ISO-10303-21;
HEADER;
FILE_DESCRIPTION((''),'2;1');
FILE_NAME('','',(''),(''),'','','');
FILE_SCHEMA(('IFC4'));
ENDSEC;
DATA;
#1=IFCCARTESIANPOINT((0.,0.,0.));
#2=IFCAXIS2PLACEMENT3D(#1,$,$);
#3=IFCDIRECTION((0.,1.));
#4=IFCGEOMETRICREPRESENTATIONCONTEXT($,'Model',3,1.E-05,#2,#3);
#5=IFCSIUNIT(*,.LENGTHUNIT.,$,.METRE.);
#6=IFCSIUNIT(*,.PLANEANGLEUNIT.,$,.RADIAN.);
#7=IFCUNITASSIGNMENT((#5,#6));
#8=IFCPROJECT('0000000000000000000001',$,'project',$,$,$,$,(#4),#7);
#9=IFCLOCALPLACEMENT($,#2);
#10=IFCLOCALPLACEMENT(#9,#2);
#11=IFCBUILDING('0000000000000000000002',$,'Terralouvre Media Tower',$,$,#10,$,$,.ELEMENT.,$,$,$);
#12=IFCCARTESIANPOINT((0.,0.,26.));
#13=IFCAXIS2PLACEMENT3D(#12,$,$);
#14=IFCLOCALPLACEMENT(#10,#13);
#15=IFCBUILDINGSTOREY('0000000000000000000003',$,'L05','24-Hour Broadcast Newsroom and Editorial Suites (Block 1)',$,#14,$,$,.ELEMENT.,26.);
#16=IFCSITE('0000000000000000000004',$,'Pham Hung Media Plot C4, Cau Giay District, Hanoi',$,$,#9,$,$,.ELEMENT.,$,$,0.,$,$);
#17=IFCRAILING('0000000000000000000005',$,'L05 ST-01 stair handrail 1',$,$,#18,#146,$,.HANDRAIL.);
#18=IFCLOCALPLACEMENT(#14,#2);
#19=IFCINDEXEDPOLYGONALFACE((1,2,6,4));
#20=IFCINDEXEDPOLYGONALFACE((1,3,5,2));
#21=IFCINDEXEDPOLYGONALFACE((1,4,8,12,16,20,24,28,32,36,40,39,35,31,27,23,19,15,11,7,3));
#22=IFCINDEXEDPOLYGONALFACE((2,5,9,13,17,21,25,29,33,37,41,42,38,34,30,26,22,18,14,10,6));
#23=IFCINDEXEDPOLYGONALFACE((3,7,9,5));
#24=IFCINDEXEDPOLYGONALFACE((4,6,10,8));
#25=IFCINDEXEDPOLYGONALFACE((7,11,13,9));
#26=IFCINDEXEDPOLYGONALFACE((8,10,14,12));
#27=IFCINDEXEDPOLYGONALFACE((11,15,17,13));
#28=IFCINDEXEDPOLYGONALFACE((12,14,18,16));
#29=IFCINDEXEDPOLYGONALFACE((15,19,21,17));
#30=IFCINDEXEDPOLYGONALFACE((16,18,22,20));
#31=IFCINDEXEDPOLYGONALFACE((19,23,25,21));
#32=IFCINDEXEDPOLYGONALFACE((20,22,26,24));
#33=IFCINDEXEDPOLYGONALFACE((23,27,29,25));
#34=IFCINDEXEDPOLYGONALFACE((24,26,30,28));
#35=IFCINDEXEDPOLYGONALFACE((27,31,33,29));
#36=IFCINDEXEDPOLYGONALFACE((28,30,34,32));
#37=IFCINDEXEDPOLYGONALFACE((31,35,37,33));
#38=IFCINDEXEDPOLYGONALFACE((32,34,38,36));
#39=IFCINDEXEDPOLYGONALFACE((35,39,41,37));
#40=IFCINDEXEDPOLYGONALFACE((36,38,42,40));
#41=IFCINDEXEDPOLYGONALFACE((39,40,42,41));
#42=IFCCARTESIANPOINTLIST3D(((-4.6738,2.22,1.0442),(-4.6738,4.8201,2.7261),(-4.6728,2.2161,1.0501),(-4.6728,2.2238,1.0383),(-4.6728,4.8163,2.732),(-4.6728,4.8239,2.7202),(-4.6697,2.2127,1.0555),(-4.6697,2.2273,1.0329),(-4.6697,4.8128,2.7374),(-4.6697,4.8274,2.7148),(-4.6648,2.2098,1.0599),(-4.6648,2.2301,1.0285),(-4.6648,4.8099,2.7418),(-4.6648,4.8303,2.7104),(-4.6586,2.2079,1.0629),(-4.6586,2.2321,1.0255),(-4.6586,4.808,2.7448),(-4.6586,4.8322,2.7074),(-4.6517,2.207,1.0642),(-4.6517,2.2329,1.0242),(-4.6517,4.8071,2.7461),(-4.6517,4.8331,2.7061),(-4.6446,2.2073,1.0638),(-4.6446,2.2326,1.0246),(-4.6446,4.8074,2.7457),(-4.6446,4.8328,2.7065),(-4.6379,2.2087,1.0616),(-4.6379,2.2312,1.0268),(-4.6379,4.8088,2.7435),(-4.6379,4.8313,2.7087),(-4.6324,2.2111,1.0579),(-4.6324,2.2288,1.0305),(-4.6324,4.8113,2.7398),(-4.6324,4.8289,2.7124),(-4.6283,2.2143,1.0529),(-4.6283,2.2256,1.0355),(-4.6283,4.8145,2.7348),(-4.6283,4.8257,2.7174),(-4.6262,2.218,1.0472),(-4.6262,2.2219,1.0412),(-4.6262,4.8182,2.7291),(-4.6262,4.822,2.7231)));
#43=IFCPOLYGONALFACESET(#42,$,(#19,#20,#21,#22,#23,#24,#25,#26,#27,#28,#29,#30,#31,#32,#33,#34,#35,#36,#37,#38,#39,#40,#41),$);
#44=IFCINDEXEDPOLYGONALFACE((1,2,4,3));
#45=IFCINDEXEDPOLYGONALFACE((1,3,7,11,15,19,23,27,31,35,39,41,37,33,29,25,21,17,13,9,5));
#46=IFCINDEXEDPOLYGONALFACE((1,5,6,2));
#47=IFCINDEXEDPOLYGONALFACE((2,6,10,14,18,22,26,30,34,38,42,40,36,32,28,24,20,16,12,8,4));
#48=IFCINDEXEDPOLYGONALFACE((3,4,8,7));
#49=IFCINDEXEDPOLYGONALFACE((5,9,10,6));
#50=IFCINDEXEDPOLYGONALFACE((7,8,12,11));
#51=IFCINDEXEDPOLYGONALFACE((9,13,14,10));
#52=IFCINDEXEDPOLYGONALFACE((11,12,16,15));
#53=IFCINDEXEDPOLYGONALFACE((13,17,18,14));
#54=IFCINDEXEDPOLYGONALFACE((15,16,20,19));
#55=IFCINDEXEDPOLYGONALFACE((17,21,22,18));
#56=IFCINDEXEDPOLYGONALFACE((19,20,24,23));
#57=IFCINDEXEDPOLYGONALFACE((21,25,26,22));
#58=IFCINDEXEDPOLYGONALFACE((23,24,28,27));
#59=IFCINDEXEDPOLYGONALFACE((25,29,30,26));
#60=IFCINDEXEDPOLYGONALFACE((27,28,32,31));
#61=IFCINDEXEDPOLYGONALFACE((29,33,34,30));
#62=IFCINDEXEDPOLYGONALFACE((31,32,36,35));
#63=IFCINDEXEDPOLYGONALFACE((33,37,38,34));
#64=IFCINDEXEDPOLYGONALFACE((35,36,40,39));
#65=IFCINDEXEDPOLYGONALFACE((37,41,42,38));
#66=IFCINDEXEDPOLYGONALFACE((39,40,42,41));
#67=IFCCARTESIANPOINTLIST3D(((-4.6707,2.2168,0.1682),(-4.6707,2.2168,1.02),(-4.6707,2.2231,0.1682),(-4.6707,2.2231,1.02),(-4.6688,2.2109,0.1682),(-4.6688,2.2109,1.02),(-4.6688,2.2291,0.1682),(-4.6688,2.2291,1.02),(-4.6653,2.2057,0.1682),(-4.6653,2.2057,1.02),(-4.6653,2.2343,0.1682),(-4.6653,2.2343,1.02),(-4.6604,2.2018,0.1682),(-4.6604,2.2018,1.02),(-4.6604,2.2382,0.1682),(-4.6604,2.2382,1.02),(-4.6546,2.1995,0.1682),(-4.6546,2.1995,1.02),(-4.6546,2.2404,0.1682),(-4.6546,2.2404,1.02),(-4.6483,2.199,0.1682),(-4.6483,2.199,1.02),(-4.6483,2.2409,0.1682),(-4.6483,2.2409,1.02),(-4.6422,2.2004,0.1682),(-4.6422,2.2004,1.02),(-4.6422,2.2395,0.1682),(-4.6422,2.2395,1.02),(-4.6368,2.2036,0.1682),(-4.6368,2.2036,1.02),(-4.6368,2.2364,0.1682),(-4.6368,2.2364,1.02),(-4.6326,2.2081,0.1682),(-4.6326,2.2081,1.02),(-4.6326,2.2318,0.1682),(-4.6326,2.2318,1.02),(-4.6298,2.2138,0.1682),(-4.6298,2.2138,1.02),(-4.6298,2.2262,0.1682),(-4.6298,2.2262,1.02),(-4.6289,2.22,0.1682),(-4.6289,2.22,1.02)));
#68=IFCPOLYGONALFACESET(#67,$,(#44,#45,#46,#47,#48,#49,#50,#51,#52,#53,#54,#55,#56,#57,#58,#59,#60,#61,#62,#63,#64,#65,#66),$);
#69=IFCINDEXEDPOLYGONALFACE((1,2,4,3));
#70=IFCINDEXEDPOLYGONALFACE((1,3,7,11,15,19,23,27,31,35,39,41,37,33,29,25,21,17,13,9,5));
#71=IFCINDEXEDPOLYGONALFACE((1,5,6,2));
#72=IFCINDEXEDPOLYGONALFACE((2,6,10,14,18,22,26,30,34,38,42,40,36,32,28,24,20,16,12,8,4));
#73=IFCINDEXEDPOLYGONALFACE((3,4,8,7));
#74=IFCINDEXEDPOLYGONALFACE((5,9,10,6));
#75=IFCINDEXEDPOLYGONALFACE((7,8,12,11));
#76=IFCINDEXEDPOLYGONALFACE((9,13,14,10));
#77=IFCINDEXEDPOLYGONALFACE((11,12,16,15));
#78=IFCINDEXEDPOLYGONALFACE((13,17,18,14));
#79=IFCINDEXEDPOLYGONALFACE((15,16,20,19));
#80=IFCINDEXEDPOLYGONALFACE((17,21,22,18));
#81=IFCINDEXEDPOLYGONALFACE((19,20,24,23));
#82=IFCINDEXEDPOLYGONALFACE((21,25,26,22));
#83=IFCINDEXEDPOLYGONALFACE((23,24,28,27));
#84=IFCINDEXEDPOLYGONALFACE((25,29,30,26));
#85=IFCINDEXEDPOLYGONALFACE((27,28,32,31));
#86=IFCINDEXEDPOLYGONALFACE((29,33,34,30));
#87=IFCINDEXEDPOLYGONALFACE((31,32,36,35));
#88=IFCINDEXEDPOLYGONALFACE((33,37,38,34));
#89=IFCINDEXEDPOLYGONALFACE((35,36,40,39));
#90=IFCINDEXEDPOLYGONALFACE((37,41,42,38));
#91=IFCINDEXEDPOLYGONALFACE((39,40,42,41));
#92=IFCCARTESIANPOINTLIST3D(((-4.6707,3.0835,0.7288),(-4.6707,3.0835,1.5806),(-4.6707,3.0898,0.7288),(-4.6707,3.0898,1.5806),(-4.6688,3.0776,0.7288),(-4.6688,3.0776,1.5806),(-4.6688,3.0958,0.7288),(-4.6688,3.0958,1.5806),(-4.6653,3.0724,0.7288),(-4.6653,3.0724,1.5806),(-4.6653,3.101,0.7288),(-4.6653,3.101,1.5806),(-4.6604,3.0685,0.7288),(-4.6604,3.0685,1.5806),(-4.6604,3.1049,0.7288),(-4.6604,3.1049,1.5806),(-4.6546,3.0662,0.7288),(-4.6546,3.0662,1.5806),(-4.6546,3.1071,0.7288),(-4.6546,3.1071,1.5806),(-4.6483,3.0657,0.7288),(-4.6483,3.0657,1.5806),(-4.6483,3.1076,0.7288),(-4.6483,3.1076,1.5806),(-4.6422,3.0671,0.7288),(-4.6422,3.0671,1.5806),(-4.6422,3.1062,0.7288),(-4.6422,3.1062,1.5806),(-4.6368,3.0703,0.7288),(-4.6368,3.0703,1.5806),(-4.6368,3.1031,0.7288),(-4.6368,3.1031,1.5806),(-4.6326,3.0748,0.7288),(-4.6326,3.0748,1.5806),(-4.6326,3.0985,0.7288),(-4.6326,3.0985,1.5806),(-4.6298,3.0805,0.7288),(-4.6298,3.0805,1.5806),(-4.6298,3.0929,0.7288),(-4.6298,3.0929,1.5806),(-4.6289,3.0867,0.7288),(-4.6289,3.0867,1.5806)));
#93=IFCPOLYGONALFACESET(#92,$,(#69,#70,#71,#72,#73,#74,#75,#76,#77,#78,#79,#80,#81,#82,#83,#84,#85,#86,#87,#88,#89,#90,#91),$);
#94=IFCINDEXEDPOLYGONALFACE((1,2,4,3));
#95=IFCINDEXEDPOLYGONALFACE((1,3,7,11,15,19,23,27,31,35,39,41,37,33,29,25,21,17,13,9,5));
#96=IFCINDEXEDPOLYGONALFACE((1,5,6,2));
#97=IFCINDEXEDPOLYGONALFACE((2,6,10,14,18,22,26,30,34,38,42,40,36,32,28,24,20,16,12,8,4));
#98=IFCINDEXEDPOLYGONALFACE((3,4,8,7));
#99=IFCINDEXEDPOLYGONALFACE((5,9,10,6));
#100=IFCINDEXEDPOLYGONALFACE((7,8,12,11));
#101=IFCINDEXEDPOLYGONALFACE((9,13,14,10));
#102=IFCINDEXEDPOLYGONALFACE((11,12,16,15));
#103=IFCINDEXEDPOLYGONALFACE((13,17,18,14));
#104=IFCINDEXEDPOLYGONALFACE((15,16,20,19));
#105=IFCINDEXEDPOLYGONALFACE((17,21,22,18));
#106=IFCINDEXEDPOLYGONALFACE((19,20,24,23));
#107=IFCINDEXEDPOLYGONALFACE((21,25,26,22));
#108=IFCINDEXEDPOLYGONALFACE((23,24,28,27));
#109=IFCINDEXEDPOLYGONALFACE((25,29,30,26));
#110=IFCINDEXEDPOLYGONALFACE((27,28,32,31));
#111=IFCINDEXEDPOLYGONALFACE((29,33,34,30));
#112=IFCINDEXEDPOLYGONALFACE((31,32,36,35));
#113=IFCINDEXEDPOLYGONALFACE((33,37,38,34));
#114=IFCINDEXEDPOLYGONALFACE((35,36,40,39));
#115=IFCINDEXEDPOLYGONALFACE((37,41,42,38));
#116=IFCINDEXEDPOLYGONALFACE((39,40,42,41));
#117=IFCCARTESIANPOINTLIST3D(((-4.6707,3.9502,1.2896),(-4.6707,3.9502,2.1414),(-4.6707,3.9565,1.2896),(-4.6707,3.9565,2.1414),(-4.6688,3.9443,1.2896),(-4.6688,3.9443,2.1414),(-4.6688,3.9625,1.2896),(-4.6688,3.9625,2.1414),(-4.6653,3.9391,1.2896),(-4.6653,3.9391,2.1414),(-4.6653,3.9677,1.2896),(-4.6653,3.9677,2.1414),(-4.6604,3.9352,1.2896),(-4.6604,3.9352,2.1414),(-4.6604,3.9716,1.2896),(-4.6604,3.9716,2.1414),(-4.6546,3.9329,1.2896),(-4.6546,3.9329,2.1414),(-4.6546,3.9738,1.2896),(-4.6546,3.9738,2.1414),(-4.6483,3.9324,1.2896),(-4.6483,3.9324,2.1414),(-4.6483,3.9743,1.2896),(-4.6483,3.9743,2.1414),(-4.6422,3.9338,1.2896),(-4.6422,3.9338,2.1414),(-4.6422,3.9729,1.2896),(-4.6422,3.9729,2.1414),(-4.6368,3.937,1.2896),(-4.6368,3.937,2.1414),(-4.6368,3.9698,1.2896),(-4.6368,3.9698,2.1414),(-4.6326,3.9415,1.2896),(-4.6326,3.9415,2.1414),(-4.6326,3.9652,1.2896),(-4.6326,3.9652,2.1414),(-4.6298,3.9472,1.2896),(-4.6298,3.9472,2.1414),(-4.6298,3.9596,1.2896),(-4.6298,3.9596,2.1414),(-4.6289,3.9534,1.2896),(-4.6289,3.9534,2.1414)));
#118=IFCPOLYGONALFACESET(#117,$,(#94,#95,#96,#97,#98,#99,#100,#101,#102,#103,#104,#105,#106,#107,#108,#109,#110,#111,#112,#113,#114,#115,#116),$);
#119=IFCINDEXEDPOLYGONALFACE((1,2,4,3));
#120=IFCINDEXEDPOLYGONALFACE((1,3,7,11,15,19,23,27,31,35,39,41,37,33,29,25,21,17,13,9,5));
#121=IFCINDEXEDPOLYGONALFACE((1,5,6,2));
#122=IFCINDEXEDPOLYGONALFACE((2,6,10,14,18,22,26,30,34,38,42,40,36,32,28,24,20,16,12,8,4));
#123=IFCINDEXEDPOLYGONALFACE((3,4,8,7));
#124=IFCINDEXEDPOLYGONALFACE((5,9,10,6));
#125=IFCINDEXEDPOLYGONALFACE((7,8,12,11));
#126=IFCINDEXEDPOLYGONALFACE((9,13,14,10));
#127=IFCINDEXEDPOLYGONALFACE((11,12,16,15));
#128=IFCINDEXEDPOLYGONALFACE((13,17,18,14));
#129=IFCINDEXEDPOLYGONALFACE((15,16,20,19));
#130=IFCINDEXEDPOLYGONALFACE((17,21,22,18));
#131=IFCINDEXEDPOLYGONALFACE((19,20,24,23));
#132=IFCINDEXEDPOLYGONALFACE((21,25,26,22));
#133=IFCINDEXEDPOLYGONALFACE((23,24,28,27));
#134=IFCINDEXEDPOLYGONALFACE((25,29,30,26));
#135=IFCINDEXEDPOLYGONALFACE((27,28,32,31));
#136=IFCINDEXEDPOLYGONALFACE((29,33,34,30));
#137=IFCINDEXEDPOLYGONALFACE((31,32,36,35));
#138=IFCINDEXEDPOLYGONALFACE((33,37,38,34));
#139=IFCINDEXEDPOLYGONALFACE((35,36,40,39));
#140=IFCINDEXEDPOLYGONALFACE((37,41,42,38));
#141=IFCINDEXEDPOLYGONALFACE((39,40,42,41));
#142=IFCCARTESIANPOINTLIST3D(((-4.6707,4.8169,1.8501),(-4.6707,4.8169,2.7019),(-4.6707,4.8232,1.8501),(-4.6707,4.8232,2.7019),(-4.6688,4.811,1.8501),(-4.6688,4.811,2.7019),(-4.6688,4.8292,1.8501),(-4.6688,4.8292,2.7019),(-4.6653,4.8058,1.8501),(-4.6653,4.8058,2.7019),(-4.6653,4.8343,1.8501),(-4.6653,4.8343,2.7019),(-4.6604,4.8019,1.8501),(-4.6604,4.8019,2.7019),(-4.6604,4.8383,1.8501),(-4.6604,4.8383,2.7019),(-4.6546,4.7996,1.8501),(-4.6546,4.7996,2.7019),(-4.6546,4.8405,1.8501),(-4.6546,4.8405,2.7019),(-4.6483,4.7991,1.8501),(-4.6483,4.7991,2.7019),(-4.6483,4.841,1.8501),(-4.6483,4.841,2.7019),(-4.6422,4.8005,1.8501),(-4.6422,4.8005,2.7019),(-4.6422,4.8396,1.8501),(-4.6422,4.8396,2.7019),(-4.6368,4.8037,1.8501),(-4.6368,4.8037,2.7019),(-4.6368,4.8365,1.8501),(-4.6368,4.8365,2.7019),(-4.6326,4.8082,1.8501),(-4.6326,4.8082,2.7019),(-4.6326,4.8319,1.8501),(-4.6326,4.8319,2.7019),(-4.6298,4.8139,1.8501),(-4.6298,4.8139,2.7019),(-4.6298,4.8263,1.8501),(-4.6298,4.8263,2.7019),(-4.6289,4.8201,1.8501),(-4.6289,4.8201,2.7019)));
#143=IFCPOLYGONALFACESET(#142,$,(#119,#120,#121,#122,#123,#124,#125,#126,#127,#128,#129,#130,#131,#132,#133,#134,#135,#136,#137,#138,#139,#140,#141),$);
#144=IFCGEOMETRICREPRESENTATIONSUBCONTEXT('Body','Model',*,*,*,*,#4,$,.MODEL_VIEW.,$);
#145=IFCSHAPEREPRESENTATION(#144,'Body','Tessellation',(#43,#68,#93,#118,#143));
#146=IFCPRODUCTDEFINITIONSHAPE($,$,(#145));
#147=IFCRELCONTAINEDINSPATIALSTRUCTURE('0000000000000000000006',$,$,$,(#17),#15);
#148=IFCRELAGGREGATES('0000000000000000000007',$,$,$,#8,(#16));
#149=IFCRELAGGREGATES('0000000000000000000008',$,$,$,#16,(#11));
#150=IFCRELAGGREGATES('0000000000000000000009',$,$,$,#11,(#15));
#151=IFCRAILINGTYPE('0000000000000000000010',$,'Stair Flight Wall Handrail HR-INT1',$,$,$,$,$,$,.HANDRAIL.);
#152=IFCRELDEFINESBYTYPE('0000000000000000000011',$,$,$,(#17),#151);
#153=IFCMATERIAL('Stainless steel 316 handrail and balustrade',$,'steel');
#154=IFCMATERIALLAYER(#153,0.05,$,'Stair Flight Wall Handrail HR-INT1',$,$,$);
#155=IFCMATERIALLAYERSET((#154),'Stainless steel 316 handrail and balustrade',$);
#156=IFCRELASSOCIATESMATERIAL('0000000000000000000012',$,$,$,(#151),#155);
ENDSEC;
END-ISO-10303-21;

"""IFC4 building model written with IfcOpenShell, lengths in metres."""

from ifc_helpers import new_model, si_unit, direction, frame, origin, origin_2d, place, context, subcontext, project, spatial, circle, extrude, material, layer, layer_set, type_object, element, save


model = new_model("IFC4")

# Units and contexts
model_context = context("Model", 3, precision=1e-05, world=origin(), true_north=direction((0.0, 1.0)))
body_context = subcontext(model_context, "Body", "Model", "MODEL_VIEW")
ifc_project = project(units=[si_unit("LENGTHUNIT", "METRE"), si_unit("PLANEANGLEUNIT", "RADIAN")], contexts=[model_context])

# Site, building, storey
site_placement = place(None, origin())
site = spatial("IfcSite", under=ifc_project, at=site_placement, Name="Pham Hung Media Plot C4, Cau Giay District, Hanoi", CompositionType="ELEMENT", RefElevation=0.0)
building_placement = place(site_placement, origin())
building = spatial("IfcBuilding", under=site, at=building_placement, Name="Terralouvre Media Tower", CompositionType="ELEMENT")
storey_placement = place(building_placement, frame((0.0, 0.0, 26.0)))
storey = spatial("IfcBuildingStorey", under=building, at=storey_placement, Name="L05", Description="24-Hour Broadcast Newsroom and Editorial Suites (Block 1)", CompositionType="ELEMENT", Elevation=26.0)

# Railing
ifc_material_1 = material(Name="Stainless steel 316 handrail and balustrade", Category="steel")
ifc_layer_1 = layer(ifc_material_1, 0.05, Name="Stair Flight Wall Handrail HR-INT1")
ifc_layer_set_1 = layer_set([ifc_layer_1], Name="Stainless steel 316 handrail and balustrade")
railing_type_1 = type_object("IfcRailingType", Name="Stair Flight Wall Handrail HR-INT1", PredefinedType="HANDRAIL", material=ifc_layer_set_1)
railing_1_placement = place(storey_placement, frame((-4.6499, 2.22, 0.1682)))
element("IfcRailing", 1, at=railing_1_placement, inside=storey, type_object=railing_type_1, Name="L05 ST-01 stair handrail 1", PredefinedType="HANDRAIL", context=body_context, shape_type="SweptSolid", body=[
    extrude(circle(Radius=0.0239, at=origin_2d()), frame((0.0, 0.0, 0.876), z_axis=(0.0, 0.839648, 0.54313), x_axis=(-1.0, 0.0, 0.0)), (0.0, 0.0, 1.0), 3.0967),
    extrude(circle(Radius=0.021, at=origin_2d()), origin(), (0.0, 0.0, 1.0), 0.8518),
    extrude(circle(Radius=0.021, at=origin_2d()), frame((0.0, 0.8667, 0.5605)), (0.0, 0.0, 1.0), 0.8518),
    extrude(circle(Radius=0.021, at=origin_2d()), frame((0.0, 1.7334, 1.1213)), (0.0, 0.0, 1.0), 0.8518),
    extrude(circle(Radius=0.021, at=origin_2d()), frame((0.0, 2.6001, 1.6819)), (0.0, 0.0, 1.0), 0.8518),
])

save(model, "model.ifc")
